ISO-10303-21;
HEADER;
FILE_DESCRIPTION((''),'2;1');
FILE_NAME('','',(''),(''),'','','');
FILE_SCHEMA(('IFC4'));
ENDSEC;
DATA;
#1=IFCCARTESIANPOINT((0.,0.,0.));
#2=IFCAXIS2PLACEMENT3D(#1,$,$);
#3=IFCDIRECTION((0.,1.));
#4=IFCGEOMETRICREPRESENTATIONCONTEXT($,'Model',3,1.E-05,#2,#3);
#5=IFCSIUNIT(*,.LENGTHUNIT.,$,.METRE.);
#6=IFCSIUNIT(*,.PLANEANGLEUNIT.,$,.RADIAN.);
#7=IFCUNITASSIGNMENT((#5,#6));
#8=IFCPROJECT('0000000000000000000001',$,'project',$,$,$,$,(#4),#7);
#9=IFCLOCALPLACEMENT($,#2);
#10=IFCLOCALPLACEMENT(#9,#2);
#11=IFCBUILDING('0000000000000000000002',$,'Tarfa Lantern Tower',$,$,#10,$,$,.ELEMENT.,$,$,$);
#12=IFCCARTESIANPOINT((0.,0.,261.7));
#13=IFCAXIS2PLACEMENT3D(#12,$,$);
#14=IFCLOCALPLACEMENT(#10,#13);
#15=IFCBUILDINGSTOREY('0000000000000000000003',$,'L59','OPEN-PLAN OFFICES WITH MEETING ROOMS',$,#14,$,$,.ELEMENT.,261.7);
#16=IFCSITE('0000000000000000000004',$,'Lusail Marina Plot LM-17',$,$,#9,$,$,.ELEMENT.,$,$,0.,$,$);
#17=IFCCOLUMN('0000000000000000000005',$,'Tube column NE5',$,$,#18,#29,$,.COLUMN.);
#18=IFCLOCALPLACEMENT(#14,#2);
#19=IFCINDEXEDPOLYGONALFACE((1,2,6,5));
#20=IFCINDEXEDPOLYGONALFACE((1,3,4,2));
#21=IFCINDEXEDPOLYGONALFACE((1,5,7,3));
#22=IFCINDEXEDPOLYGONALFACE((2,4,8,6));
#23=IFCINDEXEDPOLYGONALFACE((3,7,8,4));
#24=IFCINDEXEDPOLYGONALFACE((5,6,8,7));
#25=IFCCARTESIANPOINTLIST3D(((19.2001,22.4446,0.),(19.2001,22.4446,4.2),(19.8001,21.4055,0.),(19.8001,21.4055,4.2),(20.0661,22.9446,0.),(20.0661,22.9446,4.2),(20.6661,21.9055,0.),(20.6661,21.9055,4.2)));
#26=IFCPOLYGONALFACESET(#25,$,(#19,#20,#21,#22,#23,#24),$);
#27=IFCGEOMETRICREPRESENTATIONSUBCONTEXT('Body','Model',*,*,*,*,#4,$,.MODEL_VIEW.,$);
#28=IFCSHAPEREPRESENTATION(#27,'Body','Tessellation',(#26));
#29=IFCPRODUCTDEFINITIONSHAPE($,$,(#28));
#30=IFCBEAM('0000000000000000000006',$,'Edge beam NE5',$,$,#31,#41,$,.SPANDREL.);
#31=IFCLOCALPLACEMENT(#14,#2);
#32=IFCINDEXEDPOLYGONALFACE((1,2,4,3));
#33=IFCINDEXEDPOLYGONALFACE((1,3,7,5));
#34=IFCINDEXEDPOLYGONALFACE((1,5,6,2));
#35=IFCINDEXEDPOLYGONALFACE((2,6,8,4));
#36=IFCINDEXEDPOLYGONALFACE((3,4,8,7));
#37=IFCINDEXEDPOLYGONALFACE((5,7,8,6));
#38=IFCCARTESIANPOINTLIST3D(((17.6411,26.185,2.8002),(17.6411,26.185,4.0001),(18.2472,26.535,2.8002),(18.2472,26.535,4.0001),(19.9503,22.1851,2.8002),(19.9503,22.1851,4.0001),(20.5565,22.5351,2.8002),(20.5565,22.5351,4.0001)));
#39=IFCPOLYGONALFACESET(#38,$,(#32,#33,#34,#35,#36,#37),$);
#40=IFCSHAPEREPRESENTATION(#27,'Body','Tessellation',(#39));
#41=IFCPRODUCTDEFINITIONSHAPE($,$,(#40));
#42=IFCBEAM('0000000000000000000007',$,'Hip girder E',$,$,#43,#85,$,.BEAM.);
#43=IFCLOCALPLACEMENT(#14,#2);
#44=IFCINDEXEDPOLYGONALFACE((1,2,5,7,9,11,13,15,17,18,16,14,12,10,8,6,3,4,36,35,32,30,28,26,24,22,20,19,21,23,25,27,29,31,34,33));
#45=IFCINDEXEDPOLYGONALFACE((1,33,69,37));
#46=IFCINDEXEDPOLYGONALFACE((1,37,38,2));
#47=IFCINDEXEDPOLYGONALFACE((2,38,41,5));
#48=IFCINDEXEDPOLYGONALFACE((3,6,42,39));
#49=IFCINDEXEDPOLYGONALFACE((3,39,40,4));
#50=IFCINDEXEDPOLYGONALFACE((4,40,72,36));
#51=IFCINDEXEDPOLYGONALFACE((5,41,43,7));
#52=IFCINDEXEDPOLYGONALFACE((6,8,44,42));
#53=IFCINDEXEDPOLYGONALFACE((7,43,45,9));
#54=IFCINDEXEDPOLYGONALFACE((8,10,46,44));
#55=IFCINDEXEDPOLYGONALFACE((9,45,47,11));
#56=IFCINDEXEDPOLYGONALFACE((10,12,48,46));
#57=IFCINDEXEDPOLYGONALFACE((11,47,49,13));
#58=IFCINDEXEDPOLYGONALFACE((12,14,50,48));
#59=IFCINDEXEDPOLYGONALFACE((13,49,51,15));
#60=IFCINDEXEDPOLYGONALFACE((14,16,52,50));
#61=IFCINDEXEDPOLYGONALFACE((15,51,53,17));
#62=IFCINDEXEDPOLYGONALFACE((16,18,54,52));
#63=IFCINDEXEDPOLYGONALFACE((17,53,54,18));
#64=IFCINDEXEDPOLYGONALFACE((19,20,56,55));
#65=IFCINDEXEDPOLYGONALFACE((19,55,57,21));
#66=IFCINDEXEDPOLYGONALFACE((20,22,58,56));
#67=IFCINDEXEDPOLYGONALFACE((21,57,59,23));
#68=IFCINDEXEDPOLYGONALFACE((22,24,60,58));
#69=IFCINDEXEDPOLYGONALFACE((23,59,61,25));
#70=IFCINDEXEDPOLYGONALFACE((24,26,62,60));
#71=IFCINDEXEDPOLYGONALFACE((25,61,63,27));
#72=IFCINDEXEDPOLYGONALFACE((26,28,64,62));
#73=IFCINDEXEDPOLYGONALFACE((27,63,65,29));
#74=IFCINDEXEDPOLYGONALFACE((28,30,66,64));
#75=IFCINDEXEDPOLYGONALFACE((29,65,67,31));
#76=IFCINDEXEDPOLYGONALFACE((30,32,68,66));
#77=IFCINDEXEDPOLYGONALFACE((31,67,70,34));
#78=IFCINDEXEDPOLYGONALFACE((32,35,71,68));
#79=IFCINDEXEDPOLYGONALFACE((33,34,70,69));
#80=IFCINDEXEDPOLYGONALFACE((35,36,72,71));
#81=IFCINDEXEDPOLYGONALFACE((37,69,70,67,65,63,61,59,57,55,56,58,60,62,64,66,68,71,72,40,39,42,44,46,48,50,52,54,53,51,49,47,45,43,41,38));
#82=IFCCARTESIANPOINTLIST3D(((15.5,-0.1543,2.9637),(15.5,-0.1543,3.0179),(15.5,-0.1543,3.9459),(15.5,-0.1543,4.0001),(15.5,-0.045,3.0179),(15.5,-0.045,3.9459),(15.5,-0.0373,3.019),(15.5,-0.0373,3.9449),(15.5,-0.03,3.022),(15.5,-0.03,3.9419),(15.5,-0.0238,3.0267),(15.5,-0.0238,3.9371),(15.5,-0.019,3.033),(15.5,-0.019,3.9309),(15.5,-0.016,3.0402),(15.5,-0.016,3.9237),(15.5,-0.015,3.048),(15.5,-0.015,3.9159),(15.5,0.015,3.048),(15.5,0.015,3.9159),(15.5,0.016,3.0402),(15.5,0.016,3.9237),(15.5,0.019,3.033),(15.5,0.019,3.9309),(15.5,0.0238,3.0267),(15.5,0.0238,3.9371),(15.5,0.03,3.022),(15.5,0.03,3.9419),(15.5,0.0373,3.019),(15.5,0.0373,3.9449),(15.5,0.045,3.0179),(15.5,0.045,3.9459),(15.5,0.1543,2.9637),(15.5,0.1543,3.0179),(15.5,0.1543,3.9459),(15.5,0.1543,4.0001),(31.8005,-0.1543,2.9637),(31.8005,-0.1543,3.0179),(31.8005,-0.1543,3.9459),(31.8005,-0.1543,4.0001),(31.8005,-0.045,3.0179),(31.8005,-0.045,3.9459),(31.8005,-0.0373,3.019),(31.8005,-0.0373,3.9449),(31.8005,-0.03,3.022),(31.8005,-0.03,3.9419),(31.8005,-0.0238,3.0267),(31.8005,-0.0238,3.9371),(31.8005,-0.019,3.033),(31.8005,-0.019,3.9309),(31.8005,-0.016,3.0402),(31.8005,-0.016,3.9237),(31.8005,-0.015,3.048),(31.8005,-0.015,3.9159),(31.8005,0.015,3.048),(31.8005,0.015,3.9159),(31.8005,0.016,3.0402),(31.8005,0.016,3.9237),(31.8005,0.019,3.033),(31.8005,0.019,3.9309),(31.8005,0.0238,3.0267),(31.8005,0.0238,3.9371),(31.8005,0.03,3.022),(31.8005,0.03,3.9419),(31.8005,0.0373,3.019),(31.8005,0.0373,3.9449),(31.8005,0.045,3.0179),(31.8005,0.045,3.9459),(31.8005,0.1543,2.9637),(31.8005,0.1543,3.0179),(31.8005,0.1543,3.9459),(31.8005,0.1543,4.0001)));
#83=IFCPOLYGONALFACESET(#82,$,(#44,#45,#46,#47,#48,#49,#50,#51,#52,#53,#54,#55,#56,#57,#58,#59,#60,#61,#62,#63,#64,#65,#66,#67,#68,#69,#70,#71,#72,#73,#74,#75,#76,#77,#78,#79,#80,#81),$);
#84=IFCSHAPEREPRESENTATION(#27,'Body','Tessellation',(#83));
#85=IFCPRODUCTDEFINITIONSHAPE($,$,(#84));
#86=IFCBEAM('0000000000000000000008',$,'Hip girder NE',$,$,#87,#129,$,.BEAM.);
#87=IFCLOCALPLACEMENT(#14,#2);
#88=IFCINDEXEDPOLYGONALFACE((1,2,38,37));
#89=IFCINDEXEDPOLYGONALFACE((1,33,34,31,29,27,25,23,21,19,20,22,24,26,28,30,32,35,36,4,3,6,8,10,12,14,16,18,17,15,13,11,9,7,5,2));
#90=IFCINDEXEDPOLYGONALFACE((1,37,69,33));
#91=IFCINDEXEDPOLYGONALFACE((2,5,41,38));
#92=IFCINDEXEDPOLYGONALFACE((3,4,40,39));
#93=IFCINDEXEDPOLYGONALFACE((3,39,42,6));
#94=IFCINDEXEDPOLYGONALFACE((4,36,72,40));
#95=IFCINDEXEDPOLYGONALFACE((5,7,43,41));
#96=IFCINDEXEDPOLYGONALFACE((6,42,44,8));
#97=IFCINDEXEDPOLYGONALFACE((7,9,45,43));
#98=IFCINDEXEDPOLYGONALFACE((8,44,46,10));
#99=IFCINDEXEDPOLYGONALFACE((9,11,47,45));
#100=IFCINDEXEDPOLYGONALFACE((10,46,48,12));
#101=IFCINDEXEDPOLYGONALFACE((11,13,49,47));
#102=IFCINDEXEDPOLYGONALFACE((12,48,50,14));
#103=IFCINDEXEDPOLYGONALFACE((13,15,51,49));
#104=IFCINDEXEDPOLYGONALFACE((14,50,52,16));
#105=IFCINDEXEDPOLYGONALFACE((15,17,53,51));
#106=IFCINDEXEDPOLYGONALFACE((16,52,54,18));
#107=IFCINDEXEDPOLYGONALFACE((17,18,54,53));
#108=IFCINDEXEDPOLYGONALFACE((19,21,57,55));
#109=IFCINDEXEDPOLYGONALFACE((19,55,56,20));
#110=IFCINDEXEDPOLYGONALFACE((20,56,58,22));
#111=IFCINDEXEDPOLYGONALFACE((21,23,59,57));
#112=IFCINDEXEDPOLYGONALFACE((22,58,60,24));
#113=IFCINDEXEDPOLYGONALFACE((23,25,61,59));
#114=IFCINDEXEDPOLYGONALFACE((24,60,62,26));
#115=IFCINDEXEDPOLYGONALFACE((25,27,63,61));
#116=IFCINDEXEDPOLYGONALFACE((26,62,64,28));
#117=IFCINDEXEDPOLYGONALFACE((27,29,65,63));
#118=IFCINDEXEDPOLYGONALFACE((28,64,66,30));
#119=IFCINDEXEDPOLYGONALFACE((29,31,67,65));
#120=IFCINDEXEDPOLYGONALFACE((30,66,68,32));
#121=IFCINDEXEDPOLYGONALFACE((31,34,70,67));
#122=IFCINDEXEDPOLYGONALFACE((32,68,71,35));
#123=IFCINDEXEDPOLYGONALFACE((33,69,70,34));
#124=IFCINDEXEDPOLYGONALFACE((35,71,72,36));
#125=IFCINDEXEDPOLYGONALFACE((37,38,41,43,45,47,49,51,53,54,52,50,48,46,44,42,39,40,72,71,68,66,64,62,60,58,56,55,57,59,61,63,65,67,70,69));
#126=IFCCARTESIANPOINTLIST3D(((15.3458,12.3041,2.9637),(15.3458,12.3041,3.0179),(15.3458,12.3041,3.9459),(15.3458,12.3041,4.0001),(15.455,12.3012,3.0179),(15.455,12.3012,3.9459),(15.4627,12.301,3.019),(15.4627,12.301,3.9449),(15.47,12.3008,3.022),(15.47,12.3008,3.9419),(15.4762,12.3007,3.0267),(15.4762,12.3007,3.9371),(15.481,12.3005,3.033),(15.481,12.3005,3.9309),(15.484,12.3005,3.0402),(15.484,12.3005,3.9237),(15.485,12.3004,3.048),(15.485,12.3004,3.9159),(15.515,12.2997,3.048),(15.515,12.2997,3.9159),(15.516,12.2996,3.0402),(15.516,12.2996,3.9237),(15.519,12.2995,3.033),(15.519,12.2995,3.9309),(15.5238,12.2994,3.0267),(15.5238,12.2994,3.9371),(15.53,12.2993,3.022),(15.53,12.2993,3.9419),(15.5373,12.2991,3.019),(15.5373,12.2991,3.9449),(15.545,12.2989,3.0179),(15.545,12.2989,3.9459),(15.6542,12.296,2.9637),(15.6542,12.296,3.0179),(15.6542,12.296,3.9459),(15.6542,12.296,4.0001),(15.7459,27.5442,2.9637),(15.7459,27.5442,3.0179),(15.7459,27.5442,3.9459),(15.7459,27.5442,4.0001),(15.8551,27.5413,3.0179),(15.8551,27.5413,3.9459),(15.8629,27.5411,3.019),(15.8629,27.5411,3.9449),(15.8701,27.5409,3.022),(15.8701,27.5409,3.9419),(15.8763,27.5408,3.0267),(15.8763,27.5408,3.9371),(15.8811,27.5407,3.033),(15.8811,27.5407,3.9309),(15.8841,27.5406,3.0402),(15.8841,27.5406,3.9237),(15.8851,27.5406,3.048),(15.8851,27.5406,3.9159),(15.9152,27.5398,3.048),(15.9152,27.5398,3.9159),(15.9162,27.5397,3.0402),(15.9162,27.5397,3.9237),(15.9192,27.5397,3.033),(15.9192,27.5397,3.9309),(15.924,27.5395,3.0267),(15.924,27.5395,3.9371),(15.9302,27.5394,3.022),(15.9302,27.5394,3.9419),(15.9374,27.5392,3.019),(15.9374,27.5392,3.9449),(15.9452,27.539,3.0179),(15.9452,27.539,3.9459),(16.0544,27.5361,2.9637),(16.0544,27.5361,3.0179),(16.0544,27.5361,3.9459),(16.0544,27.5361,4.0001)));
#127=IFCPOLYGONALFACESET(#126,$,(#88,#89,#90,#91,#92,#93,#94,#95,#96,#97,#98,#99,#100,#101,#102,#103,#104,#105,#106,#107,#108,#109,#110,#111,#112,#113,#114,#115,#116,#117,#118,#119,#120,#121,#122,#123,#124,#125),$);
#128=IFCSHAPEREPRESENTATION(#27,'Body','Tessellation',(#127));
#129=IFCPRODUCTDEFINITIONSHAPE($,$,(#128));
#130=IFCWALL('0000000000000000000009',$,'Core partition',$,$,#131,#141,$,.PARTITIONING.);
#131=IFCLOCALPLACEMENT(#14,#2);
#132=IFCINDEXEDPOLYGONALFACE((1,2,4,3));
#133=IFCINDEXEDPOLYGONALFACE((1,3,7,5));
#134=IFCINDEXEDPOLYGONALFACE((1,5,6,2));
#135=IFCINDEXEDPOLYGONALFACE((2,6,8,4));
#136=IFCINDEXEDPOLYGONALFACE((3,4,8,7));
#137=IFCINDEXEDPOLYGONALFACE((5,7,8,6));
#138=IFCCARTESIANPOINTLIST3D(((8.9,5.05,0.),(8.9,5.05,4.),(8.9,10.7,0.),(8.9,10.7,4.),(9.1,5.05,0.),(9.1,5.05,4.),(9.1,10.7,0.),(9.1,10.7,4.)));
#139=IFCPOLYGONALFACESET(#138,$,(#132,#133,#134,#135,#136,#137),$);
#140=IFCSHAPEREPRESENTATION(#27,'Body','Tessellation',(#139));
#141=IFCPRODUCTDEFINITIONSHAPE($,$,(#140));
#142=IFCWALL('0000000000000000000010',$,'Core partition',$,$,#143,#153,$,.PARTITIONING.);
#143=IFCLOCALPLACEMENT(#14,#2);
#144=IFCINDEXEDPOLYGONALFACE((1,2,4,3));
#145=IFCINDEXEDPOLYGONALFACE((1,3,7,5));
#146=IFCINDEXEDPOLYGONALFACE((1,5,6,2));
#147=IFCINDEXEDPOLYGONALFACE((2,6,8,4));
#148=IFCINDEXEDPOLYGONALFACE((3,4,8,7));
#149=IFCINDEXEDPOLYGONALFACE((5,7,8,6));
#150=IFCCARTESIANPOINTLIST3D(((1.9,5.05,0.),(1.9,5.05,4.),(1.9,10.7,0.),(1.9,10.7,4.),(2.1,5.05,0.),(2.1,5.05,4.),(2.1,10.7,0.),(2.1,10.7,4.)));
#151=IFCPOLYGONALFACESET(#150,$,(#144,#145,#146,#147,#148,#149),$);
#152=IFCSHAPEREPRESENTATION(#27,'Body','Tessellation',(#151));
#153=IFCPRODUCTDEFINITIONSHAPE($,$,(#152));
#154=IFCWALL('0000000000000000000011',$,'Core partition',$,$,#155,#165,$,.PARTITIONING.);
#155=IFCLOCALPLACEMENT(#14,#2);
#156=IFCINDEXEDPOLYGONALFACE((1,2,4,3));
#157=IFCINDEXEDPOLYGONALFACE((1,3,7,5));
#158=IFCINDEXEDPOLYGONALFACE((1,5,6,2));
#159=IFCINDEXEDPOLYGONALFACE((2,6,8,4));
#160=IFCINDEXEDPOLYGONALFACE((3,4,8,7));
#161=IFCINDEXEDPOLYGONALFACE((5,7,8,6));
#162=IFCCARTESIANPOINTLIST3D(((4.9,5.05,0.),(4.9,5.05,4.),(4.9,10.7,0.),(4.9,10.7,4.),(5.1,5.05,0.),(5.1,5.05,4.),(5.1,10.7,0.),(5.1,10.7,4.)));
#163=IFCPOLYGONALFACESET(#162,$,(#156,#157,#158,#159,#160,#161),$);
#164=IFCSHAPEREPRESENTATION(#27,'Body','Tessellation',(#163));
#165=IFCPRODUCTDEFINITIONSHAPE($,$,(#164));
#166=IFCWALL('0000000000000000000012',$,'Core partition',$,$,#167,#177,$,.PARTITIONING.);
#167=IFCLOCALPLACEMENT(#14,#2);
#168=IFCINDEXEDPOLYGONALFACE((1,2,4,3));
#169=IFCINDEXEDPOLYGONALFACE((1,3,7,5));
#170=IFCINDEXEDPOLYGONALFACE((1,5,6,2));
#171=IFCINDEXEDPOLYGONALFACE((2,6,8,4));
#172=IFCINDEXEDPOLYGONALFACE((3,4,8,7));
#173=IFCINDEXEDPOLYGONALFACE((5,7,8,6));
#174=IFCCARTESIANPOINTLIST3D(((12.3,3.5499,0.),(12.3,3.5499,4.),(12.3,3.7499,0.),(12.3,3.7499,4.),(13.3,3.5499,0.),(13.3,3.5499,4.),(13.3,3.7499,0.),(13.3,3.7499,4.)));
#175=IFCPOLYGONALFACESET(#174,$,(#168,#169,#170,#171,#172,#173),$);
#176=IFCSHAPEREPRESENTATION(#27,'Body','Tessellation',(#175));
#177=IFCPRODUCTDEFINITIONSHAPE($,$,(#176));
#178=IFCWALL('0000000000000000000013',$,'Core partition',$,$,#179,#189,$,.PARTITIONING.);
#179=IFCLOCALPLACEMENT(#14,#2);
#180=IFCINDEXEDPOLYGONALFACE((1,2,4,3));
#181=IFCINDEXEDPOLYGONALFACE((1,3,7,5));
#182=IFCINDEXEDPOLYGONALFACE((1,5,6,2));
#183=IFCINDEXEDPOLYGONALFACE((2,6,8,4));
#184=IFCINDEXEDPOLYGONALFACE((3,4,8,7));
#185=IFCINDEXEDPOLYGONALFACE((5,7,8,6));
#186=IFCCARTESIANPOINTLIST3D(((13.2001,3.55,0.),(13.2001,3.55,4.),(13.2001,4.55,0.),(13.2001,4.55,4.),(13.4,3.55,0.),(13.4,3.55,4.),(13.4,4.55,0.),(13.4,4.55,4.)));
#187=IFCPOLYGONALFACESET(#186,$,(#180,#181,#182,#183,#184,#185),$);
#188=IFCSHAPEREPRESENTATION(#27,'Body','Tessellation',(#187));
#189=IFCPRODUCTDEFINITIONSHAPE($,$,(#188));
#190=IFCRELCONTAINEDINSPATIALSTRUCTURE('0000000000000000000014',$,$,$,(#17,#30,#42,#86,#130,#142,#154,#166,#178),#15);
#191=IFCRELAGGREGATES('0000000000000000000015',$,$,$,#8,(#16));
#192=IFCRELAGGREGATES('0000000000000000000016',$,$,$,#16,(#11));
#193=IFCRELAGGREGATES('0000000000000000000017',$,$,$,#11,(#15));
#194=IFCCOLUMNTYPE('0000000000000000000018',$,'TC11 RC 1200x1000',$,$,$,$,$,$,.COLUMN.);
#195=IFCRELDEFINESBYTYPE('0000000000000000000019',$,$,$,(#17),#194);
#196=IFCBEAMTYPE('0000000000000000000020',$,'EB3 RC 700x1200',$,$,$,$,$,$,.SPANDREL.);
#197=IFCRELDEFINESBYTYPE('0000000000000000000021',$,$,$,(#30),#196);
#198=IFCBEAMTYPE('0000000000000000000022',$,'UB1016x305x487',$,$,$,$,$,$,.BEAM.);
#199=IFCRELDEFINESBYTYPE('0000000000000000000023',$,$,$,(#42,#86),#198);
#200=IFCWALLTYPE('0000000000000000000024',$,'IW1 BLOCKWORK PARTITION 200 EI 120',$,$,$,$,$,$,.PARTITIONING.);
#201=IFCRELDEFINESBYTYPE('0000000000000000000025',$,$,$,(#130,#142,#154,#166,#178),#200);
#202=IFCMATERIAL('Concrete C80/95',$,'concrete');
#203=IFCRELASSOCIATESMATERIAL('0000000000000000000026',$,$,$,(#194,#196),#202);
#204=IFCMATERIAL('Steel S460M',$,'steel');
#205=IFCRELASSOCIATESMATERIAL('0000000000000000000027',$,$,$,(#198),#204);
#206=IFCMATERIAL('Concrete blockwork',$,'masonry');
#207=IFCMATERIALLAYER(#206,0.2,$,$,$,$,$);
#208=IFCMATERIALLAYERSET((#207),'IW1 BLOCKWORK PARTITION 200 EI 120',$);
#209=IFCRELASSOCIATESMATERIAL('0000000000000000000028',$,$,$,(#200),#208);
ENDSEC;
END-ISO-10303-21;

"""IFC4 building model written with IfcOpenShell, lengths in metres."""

from ifc_helpers import new_model, si_unit, direction, frame, frame_2d, origin, origin_2d, place, context, subcontext, project, spatial, rectangle, i_section, extrude, material, layer, layer_set, material_profile, profile_set, type_object, element, save


model = new_model("IFC4")

# Units and contexts
model_context = context("Model", 3, precision=1e-05, world=origin(), true_north=direction((0.0, 1.0)))
body_context = subcontext(model_context, "Body", "Model", "MODEL_VIEW")
ifc_project = project(units=[si_unit("LENGTHUNIT", "METRE"), si_unit("PLANEANGLEUNIT", "RADIAN")], contexts=[model_context])

# Site, building, storey
site_placement = place(None, origin())
site = spatial("IfcSite", under=ifc_project, at=site_placement, Name="Lusail Marina Plot LM-17", CompositionType="ELEMENT", RefElevation=0.0)
building_placement = place(site_placement, origin())
building = spatial("IfcBuilding", under=site, at=building_placement, Name="Tarfa Lantern Tower", CompositionType="ELEMENT")
storey_placement = place(building_placement, frame((0.0, 0.0, 261.7)))
storey = spatial("IfcBuildingStorey", under=building, at=storey_placement, Name="L59", Description="OPEN-PLAN OFFICES WITH MEETING ROOMS", CompositionType="ELEMENT", Elevation=261.7)

# Column
ifc_material_1 = material(Name="Concrete C80/95", Category="concrete")
ifc_material_profile_1 = material_profile(ifc_material_1, rectangle(XDim=1.2, YDim=1.0, at=origin_2d()), Name="RC 1200x1000")
ifc_profile_set_1 = profile_set([ifc_material_profile_1], Name="Concrete C80/95")
column_type = type_object("IfcColumnType", Name="TC11 RC 1200x1000", PredefinedType="COLUMN", material=ifc_profile_set_1)
column_placement = place(storey_placement, frame((19.9331, 22.175, 0.0), z_axis=(0.0, 0.0, 1.0), x_axis=(-0.5, 0.866025, 0.0)))
element("IfcColumn", 1, at=column_placement, inside=storey, type_object=column_type, Name="Tube column NE5", PredefinedType="COLUMN", context=body_context, shape_type="SweptSolid", body=[
    extrude(rectangle(XDim=1.2, YDim=1.0, at=origin_2d()), origin(), (0.0, 0.0, 1.0), 4.2),
])

# Beams
ifc_material_profile_2 = material_profile(ifc_material_1, rectangle(XDim=0.7, YDim=1.2, at=origin_2d()), Name="RC 700x1200")
ifc_profile_set_2 = profile_set([ifc_material_profile_2], Name="Concrete C80/95")
beam_type_1 = type_object("IfcBeamType", Name="EB3 RC 700x1200", PredefinedType="SPANDREL", material=ifc_profile_set_2)
beam_1_placement = place(storey_placement, frame((20.2534, 22.3601, 3.4001), z_axis=(-0.499988, 0.866032, 0.0), x_axis=(-0.866032, -0.499988, 0.0)))
element("IfcBeam", 2, at=beam_1_placement, inside=storey, type_object=beam_type_1, Name="Edge beam NE5", PredefinedType="SPANDREL", context=body_context, shape_type="SweptSolid", body=[
    extrude(rectangle(XDim=0.7, YDim=1.2, at=origin_2d()), origin(), (0.0, 0.0, 1.0), 4.6187),
])
ifc_material_2 = material(Name="Steel S460M", Category="steel")
ifc_material_profile_3 = material_profile(ifc_material_2, i_section(OverallWidth=0.3086, OverallDepth=1.0364, WebThickness=0.03, FlangeThickness=0.0542, FilletRadius=0.03, at=origin_2d()), Name="UB1016x305x487")
ifc_profile_set_3 = profile_set([ifc_material_profile_3], Name="Steel S460M")
beam_type_2 = type_object("IfcBeamType", Name="UB1016x305x487", PredefinedType="BEAM", material=ifc_profile_set_3)
beam_2_placement = place(storey_placement, frame((15.5, 0.0, 3.4819), z_axis=(1.0, 0.0, 0.0), x_axis=(0.0, 1.0, 0.0)))
element("IfcBeam", 3, at=beam_2_placement, inside=storey, type_object=beam_type_2, Name="Hip girder E", PredefinedType="BEAM", context=body_context, shape_type="SweptSolid", body=[
    extrude(i_section(OverallWidth=0.3086, OverallDepth=1.0364, WebThickness=0.03, FlangeThickness=0.0542, FilletRadius=0.03, at=origin_2d()), origin(), (0.0, 0.0, 1.0), 16.3005),
])
beam_3_placement = place(storey_placement, frame((15.5, 12.3, 3.4819), z_axis=(0.026247, 0.999655, 0.0), x_axis=(-0.999655, 0.026247, 0.0)))
element("IfcBeam", 4, at=beam_3_placement, inside=storey, type_object=beam_type_2, Name="Hip girder NE", PredefinedType="BEAM", context=body_context, shape_type="SweptSolid", body=[
    extrude(i_section(OverallWidth=0.3086, OverallDepth=1.0364, WebThickness=0.03, FlangeThickness=0.0542, FilletRadius=0.03, at=origin_2d()), origin(), (0.0, 0.0, 1.0), 15.2454),
])

# Walls
ifc_material_3 = material(Name="Concrete blockwork", Category="masonry")
ifc_layer_1 = layer(ifc_material_3, 0.2)
ifc_layer_set_1 = layer_set([ifc_layer_1], Name="IW1 BLOCKWORK PARTITION 200 EI 120")
wall_type_1 = type_object("IfcWallType", Name="IW1 BLOCKWORK PARTITION 200 EI 120", PredefinedType="PARTITIONING", material=ifc_layer_set_1)
for number, where, z_axis, x_axis, name in (
    (5, (9.0, 5.05, 0.0), (0.0, 0.0, 1.0), (0.0, 1.0, 0.0), "Core partition"),
    (6, (2.0, 5.05, 0.0), (0.0, 0.0, 1.0), (0.0, 1.0, 0.0), "Core partition"),
    (7, (5.0, 5.05, 0.0), (0.0, 0.0, 1.0), (0.0, 1.0, 0.0), "Core partition"),
):
    element("IfcWall", number, at=place(storey_placement, frame(where, z_axis=z_axis, x_axis=x_axis)), inside=storey, type_object=wall_type_1, Name=name, PredefinedType="PARTITIONING", context=body_context, shape_type="SweptSolid", body=[
        extrude(rectangle(XDim=5.6499, YDim=0.2, at=frame_2d((2.825, 0.0))), origin(), (0.0, 0.0, 1.0), 4.0),
    ])
for number, where, z_axis, x_axis, name in (
    (8, (12.3, 3.6499, 0.0), (0.0, 0.0, 1.0), (1.0, 0.0, 0.0), "Core partition"),
    (9, (13.3, 3.55, 0.0), (0.0, 0.0, 1.0), (0.0, 1.0, 0.0), "Core partition"),
):
    element("IfcWall", number, at=place(storey_placement, frame(where, z_axis=z_axis, x_axis=x_axis)), inside=storey, type_object=wall_type_1, Name=name, PredefinedType="PARTITIONING", context=body_context, shape_type="SweptSolid", body=[
        extrude(rectangle(XDim=1.0, YDim=0.2, at=frame_2d((0.5, 0.0))), origin(), (0.0, 0.0, 1.0), 4.0),
    ])

save(model, "model.ifc")
